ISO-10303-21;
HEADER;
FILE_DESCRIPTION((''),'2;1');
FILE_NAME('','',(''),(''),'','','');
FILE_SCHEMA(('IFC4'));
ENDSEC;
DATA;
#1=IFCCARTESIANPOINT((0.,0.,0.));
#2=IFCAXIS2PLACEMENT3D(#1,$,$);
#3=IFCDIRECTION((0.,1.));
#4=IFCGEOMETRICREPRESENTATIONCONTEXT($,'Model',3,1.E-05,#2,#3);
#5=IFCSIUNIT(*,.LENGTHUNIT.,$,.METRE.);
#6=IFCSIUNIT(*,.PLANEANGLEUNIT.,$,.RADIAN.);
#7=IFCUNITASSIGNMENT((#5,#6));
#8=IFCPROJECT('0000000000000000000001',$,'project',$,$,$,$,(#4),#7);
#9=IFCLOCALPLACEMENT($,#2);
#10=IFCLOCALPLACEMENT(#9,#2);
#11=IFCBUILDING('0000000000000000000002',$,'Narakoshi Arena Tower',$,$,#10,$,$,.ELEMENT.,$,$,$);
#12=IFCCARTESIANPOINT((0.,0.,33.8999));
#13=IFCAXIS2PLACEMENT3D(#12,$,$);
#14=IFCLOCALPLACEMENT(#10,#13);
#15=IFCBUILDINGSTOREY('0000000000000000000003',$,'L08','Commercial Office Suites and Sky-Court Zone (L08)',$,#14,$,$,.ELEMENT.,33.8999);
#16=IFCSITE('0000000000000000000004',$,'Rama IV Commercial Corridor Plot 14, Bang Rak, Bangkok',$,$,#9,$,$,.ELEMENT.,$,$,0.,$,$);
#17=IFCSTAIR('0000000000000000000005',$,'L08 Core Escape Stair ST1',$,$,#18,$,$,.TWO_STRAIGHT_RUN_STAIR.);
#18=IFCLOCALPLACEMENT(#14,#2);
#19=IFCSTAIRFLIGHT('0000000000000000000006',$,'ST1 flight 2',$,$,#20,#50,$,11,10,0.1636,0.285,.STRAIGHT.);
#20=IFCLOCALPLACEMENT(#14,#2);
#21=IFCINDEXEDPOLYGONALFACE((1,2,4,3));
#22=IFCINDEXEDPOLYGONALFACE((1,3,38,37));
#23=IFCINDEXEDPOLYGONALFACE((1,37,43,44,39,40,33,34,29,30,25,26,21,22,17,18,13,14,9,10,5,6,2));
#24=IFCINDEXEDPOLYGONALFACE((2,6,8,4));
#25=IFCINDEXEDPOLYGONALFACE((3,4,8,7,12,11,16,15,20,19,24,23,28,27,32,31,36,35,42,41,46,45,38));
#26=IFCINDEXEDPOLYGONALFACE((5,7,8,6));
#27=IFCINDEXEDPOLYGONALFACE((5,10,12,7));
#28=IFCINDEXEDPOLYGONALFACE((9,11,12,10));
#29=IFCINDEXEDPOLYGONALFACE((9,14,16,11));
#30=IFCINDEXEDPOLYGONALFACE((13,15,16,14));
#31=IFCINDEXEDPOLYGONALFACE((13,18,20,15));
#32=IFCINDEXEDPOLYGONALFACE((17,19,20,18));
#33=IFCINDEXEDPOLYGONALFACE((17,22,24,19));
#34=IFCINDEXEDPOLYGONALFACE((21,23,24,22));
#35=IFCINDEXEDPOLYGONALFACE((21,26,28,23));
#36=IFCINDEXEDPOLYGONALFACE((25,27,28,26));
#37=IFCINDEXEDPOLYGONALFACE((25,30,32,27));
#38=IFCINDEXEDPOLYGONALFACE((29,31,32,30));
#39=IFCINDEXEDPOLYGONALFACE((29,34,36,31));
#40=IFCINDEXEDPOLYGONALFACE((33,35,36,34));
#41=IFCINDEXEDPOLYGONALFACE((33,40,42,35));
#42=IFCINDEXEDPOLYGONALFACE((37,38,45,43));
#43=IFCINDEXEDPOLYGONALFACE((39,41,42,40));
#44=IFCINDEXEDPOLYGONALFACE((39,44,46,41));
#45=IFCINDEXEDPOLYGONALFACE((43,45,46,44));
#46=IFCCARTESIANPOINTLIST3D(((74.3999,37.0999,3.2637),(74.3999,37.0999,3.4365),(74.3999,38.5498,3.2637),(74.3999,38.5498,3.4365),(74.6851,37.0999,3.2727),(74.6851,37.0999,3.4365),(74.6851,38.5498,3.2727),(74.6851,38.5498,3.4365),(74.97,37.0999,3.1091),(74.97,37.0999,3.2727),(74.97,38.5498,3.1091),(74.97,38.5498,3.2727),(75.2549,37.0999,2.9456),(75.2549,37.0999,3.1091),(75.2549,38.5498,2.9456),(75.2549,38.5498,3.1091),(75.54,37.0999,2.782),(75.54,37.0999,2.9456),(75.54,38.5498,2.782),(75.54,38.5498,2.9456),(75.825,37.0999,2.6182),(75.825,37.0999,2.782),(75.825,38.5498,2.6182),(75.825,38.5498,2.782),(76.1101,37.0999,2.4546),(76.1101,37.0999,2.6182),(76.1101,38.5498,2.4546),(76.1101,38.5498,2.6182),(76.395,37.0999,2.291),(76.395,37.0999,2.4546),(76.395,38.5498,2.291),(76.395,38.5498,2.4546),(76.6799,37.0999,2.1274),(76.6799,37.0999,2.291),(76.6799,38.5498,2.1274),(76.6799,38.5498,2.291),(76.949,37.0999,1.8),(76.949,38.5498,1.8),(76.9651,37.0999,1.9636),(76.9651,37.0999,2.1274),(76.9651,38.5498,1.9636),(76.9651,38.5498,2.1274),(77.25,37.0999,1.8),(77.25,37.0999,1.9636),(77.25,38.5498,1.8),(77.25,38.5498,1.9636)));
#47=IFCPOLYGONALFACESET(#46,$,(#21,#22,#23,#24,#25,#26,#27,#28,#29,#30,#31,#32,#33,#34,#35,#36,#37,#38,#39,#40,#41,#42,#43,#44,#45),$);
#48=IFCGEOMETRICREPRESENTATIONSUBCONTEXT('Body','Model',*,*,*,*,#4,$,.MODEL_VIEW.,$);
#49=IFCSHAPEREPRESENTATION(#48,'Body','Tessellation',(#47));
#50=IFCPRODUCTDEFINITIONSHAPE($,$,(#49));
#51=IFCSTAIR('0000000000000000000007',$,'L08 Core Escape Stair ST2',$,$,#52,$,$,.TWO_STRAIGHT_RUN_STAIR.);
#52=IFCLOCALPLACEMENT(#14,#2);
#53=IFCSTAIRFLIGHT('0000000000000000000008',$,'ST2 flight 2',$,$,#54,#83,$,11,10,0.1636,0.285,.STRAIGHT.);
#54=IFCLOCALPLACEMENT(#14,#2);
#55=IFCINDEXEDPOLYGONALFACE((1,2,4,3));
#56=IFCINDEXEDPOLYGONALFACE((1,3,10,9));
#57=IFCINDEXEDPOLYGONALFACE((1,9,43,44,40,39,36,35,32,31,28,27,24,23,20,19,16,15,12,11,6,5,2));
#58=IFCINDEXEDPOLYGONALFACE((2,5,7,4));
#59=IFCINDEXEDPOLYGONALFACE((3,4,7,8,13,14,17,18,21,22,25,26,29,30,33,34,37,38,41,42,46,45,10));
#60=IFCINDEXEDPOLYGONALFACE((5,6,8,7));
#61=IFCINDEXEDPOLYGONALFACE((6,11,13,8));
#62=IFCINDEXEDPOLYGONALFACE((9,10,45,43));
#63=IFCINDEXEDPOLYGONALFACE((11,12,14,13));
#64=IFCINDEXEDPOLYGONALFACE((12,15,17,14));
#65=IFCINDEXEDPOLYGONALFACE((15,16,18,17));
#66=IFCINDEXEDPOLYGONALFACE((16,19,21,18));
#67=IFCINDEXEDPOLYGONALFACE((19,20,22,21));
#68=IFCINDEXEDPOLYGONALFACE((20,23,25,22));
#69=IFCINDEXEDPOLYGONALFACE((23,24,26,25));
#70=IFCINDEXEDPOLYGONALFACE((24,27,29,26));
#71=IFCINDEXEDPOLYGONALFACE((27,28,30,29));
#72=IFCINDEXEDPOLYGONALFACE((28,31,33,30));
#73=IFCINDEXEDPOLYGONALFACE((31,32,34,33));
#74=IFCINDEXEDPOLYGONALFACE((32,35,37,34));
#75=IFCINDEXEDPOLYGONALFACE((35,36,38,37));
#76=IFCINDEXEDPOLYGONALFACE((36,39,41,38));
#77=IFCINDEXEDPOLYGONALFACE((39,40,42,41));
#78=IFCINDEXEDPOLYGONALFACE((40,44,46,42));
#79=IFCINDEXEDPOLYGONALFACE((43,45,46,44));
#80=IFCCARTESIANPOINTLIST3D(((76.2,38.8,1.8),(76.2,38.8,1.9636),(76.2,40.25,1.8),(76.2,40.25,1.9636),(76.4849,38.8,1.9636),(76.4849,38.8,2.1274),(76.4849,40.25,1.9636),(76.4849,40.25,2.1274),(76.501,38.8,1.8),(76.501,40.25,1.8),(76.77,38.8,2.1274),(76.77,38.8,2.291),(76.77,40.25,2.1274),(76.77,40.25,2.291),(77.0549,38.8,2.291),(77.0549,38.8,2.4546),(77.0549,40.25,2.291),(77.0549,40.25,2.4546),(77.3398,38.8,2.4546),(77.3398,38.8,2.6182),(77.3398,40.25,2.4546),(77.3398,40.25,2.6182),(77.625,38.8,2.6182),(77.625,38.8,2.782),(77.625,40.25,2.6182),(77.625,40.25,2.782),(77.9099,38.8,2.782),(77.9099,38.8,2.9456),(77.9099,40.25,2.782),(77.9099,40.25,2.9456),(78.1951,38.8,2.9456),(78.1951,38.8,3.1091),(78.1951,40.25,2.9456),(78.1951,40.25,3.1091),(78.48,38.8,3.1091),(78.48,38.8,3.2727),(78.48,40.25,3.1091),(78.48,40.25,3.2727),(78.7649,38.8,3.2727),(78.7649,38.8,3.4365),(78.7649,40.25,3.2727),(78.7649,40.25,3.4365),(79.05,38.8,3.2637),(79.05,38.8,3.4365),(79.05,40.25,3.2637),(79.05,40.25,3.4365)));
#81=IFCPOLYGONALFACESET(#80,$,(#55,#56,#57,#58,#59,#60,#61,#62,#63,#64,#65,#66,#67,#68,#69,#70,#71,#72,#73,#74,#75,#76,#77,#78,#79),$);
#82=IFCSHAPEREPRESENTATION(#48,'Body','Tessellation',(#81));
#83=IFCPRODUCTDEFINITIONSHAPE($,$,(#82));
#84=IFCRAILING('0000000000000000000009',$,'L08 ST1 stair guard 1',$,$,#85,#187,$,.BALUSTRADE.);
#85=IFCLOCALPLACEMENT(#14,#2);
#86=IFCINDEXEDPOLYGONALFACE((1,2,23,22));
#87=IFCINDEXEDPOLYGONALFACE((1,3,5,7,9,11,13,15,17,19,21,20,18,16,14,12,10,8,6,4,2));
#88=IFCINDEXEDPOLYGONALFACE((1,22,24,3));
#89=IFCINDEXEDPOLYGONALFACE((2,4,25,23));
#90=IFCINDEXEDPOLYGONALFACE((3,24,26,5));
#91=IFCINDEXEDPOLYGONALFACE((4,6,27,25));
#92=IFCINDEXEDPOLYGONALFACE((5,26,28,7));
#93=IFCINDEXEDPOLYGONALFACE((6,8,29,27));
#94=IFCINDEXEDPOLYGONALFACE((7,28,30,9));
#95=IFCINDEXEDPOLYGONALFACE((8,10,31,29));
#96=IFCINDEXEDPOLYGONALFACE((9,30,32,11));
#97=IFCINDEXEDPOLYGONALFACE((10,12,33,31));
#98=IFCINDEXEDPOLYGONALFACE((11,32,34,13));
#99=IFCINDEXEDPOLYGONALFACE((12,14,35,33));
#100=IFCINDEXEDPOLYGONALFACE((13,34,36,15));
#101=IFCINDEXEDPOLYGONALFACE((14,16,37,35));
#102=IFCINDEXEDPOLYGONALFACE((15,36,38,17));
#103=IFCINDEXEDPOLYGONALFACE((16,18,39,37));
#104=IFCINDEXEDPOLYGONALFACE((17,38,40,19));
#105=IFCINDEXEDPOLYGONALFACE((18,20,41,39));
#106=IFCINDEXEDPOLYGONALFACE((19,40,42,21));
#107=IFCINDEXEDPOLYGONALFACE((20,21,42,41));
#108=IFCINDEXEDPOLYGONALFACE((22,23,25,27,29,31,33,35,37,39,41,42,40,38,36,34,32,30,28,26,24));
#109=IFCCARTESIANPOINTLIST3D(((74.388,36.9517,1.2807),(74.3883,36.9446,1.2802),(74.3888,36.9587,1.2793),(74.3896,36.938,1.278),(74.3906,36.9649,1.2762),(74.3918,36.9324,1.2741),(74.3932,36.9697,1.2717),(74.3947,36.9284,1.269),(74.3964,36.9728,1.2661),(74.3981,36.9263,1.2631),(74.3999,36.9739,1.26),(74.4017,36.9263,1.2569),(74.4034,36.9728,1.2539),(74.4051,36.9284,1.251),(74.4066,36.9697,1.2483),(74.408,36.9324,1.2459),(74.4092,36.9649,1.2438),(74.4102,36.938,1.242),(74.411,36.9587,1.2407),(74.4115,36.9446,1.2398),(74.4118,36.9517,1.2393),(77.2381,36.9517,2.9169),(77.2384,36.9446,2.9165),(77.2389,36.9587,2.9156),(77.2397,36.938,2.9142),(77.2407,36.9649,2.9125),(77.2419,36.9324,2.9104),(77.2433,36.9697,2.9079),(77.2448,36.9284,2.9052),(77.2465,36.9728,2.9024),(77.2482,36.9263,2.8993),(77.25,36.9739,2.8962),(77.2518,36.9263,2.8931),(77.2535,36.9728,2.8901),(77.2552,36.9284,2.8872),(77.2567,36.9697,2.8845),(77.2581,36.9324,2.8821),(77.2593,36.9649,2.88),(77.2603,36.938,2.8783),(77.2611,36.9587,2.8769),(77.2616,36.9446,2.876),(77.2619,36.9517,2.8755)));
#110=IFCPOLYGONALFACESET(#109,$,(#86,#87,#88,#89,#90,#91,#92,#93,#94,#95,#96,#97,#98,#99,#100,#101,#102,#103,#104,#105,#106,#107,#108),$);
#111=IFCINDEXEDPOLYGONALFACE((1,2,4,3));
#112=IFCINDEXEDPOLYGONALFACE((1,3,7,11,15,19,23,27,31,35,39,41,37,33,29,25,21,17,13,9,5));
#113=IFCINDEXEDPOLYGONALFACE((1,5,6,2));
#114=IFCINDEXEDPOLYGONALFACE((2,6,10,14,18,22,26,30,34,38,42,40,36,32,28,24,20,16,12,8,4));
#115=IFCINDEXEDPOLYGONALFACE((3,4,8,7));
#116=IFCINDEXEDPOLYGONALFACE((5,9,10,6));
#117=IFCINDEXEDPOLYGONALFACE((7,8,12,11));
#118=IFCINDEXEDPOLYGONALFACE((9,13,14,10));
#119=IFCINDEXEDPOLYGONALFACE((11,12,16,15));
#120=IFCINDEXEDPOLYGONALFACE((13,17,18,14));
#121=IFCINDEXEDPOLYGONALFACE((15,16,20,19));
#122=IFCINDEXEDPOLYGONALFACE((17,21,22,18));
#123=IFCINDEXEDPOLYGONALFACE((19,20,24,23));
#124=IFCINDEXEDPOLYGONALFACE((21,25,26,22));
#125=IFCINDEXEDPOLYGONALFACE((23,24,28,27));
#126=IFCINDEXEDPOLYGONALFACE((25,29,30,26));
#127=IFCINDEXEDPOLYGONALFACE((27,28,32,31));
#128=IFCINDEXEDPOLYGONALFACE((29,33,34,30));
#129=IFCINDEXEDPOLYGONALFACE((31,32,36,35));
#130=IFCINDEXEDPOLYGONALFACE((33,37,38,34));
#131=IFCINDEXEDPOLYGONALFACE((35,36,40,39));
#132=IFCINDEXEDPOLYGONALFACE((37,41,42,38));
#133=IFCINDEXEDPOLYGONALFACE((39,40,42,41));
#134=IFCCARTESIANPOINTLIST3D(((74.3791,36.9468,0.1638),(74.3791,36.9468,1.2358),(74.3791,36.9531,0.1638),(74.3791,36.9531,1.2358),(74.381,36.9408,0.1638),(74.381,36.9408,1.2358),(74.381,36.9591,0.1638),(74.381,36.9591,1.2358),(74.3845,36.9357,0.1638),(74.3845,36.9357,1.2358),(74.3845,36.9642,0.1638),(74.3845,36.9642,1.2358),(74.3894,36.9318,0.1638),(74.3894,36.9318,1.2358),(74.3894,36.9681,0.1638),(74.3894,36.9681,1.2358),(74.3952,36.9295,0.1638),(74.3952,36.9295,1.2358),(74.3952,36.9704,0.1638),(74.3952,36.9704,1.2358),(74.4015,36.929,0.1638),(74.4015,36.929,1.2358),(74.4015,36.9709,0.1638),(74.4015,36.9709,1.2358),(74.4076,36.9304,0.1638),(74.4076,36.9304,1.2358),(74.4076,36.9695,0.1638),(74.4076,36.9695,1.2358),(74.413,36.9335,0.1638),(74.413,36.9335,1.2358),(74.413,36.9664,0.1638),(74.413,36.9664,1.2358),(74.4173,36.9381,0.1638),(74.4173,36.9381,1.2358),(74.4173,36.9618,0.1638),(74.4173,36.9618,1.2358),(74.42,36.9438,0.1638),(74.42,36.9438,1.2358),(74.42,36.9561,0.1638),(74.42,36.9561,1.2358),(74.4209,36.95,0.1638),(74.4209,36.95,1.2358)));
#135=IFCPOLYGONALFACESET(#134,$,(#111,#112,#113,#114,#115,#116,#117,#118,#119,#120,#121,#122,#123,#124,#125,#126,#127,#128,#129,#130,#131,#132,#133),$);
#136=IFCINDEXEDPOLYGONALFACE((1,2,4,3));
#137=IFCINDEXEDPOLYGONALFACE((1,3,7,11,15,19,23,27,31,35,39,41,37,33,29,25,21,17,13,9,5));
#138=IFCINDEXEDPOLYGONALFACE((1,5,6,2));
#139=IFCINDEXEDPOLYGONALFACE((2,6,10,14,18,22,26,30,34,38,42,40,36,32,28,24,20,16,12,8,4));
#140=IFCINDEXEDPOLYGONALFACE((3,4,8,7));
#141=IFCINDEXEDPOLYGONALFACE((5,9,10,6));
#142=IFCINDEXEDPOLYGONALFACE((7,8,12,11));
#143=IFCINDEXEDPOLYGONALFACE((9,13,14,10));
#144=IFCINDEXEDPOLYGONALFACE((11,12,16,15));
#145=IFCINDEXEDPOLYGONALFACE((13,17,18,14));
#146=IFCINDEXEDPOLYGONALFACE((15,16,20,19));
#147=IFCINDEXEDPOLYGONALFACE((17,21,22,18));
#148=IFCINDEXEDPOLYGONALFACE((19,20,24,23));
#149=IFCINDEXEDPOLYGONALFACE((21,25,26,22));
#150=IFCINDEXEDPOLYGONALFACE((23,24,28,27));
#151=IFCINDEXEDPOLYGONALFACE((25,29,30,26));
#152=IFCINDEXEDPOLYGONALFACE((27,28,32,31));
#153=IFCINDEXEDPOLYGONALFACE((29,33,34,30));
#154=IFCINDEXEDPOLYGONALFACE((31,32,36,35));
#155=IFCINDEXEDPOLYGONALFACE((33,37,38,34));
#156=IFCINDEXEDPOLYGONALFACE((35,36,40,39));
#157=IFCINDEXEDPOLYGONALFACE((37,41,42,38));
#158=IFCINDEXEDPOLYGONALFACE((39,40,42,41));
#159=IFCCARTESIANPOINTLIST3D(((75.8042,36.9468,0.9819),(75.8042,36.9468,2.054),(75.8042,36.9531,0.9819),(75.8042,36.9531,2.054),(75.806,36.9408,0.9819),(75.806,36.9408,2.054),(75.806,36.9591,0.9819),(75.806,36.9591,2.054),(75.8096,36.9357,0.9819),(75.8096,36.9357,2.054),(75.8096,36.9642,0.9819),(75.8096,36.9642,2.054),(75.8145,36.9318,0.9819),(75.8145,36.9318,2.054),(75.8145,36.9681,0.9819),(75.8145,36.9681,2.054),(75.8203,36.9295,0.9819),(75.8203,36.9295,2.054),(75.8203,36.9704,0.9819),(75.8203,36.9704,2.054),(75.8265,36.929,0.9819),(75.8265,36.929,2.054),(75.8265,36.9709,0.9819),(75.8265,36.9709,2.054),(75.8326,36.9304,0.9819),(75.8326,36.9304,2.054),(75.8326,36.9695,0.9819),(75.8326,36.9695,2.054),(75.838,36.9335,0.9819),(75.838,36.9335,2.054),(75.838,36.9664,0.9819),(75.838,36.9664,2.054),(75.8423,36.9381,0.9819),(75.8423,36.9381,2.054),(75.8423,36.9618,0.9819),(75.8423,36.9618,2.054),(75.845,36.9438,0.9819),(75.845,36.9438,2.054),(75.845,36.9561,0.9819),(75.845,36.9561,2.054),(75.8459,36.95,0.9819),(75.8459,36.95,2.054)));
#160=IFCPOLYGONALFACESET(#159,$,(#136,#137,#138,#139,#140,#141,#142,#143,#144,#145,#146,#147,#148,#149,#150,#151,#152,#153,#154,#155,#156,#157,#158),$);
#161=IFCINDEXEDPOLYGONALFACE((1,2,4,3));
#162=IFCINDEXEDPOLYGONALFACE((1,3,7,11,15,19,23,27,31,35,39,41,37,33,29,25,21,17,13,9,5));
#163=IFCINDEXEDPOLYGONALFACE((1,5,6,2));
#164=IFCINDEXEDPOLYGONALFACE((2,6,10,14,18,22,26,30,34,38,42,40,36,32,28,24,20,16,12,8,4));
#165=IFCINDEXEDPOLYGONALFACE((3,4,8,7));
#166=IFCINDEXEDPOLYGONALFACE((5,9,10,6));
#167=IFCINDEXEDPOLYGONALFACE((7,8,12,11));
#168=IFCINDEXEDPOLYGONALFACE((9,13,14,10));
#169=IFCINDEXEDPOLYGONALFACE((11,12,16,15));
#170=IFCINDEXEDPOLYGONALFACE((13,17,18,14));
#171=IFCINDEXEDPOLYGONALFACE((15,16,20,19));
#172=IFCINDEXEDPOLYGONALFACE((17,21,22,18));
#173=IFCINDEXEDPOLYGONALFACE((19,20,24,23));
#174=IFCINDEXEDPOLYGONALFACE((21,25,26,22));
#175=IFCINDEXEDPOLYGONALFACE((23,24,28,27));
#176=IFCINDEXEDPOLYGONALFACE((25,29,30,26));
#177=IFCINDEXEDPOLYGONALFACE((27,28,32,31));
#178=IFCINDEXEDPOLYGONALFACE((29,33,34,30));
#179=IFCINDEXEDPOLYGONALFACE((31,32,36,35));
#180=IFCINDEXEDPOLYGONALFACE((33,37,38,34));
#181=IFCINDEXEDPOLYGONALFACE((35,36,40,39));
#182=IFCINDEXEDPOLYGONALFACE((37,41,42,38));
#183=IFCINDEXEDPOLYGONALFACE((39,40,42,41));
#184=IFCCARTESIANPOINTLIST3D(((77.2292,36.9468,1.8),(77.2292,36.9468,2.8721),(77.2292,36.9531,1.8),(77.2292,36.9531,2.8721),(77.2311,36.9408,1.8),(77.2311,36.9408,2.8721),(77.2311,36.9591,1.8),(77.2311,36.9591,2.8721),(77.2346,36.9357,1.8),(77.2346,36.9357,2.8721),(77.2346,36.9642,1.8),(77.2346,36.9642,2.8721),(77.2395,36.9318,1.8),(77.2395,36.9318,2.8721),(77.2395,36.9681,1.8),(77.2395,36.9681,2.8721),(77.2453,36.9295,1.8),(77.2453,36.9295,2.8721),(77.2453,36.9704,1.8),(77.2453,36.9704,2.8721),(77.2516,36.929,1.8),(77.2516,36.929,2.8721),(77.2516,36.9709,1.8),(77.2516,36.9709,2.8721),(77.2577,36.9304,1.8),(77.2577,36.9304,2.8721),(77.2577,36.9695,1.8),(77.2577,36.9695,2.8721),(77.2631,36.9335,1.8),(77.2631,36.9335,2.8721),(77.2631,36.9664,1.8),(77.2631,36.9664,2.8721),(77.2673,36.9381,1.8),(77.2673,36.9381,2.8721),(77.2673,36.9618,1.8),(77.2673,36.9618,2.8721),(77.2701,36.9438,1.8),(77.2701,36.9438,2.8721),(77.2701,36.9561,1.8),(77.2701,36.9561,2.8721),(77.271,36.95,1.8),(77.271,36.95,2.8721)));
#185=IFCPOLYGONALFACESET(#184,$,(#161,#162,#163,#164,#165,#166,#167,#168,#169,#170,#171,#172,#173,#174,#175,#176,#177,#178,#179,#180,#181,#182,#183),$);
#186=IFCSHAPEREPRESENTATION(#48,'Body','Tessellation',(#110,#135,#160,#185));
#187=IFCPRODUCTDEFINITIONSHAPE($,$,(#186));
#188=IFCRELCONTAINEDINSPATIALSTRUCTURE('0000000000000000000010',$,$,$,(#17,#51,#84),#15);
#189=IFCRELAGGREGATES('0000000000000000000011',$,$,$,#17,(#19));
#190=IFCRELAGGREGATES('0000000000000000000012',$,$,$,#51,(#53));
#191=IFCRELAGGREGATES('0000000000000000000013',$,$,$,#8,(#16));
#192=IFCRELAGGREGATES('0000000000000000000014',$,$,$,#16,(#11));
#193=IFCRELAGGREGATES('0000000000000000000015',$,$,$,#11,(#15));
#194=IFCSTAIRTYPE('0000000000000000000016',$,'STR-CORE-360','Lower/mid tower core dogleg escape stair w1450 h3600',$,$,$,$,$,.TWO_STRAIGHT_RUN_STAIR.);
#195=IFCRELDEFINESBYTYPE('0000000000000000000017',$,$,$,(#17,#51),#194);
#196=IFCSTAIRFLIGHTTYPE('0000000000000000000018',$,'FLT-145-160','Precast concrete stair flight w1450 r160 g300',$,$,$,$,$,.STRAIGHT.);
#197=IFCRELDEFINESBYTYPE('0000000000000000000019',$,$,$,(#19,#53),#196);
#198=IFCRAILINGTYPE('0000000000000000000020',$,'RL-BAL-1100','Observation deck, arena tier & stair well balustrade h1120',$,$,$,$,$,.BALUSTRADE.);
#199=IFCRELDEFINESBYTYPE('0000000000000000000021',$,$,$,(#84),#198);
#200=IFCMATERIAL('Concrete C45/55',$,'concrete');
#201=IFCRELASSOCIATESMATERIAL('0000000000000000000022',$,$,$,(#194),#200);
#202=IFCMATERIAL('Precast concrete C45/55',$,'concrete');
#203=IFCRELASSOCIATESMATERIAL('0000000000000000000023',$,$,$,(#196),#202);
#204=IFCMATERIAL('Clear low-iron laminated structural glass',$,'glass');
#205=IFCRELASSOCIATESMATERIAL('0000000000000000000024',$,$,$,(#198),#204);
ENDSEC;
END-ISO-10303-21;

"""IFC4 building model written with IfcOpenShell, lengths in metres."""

from ifc_helpers import new_model, si_unit, direction, frame, origin, origin_2d, place, context, subcontext, project, spatial, polyline, circle, outline, extrude, material, type_object, element, aggregate, save


model = new_model("IFC4")

# Units and contexts
model_context = context("Model", 3, precision=1e-05, world=origin(), true_north=direction((0.0, 1.0)))
body_context = subcontext(model_context, "Body", "Model", "MODEL_VIEW")
ifc_project = project(units=[si_unit("LENGTHUNIT", "METRE"), si_unit("PLANEANGLEUNIT", "RADIAN")], contexts=[model_context])

# Site, building, storey
site_placement = place(None, origin())
site = spatial("IfcSite", under=ifc_project, at=site_placement, Name="Rama IV Commercial Corridor Plot 14, Bang Rak, Bangkok", CompositionType="ELEMENT", RefElevation=0.0)
building_placement = place(site_placement, origin())
building = spatial("IfcBuilding", under=site, at=building_placement, Name="Narakoshi Arena Tower", CompositionType="ELEMENT")
storey_placement = place(building_placement, frame((0.0, 0.0, 33.8999)))
storey = spatial("IfcBuildingStorey", under=building, at=storey_placement, Name="L08", Description="Commercial Office Suites and Sky-Court Zone (L08)", CompositionType="ELEMENT", Elevation=33.8999)

# Stair, stair flight
ifc_material_1 = material(Name="Concrete C45/55", Category="concrete")
stair_type = type_object("IfcStairType", Name="STR-CORE-360", Description="Lower/mid tower core dogleg escape stair w1450 h3600", PredefinedType="TWO_STRAIGHT_RUN_STAIR", material=ifc_material_1)
stair_1_placement = place(storey_placement, origin())
stair_1 = element("IfcStair", 1, at=stair_1_placement, inside=storey, type_object=stair_type, Name="L08 Core Escape Stair ST1", PredefinedType="TWO_STRAIGHT_RUN_STAIR")
ifc_material_2 = material(Name="Precast concrete C45/55", Category="concrete")
stair_flight_type = type_object("IfcStairFlightType", Name="FLT-145-160", Description="Precast concrete stair flight w1450 r160 g300", PredefinedType="STRAIGHT", material=ifc_material_2)
stair_flight_1_placement = place(storey_placement, frame((77.25, 37.825, 1.8), z_axis=(0.0, 0.0, 1.0), x_axis=(-1.0, 0.0, 0.0)))
stair_flight_1 = element("IfcStairFlight", 2, at=stair_flight_1_placement, type_object=stair_flight_type, Name="ST1 flight 2", NumberOfRisers=11, NumberOfTreads=10, PredefinedType="STRAIGHT", RiserHeight=0.1636, TreadLength=0.285, context=body_context, shape_type="SweptSolid", body=[
    extrude(outline(polyline([(0.0, 0.0), (0.0, 0.1636), (0.2849, 0.1636), (0.2849, 0.3274), (0.5701, 0.3274), (0.5701, 0.491), (0.855, 0.491), (0.855, 0.6545), (1.1399, 0.6545), (1.1399, 0.8181), (1.425, 0.8181), (1.425, 0.9819), (1.71, 0.9819), (1.71, 1.1455), (1.9951, 1.1455), (1.9951, 1.3091), (2.28, 1.3091), (2.28, 1.4727), (2.5649, 1.4727), (2.5649, 1.6365), (2.8501, 1.6365), (2.8501, 1.8), (2.8501, 1.4636), (0.301, 0.0), (0.0, 0.0)])), frame((0.0, 0.7251, 0.0), z_axis=(0.0, -1.0, 0.0), x_axis=(1.0, 0.0, 0.0)), (0.0, 0.0, 1.0), 1.45),
])
aggregate(stair_1, [stair_flight_1])

# Stair, stair flight
stair_2_placement = place(storey_placement, origin())
stair_2 = element("IfcStair", 3, at=stair_2_placement, inside=storey, type_object=stair_type, Name="L08 Core Escape Stair ST2", PredefinedType="TWO_STRAIGHT_RUN_STAIR")
stair_flight_2_placement = place(storey_placement, frame((76.2, 39.5249, 1.8), z_axis=(0.0, 0.0, 1.0), x_axis=(1.0, 0.0, 0.0)))
stair_flight_2 = element("IfcStairFlight", 4, at=stair_flight_2_placement, type_object=stair_flight_type, Name="ST2 flight 2", NumberOfRisers=11, NumberOfTreads=10, PredefinedType="STRAIGHT", RiserHeight=0.1636, TreadLength=0.285, context=body_context, shape_type="SweptSolid", body=[
    extrude(outline(polyline([(0.0, 0.0), (0.0, 0.1636), (0.2849, 0.1636), (0.2849, 0.3274), (0.5701, 0.3274), (0.5701, 0.491), (0.855, 0.491), (0.855, 0.6545), (1.1399, 0.6545), (1.1399, 0.8181), (1.425, 0.8181), (1.425, 0.9819), (1.71, 0.9819), (1.71, 1.1455), (1.9951, 1.1455), (1.9951, 1.3091), (2.28, 1.3091), (2.28, 1.4727), (2.5649, 1.4727), (2.5649, 1.6365), (2.8501, 1.6365), (2.8501, 1.8), (2.8501, 1.4636), (0.301, 0.0), (0.0, 0.0)])), frame((0.0, 0.7251, 0.0), z_axis=(0.0, -1.0, 0.0), x_axis=(1.0, 0.0, 0.0)), (0.0, 0.0, 1.0), 1.45),
])
aggregate(stair_2, [stair_flight_2])

# Railing
ifc_material_3 = material(Name="Clear low-iron laminated structural glass", Category="glass")
railing_type_1 = type_object("IfcRailingType", Name="RL-BAL-1100", Description="Observation deck, arena tier & stair well balustrade h1120", PredefinedType="BALUSTRADE", material=ifc_material_3)
railing_1_placement = place(storey_placement, frame((74.3999, 36.95, 0.1638)))
element("IfcRailing", 5, at=railing_1_placement, inside=storey, type_object=railing_type_1, Name="L08 ST1 stair guard 1", PredefinedType="BALUSTRADE", context=body_context, shape_type="SweptSolid", body=[
    extrude(circle(Radius=0.0239, at=origin_2d()), frame((0.0, 0.0, 1.0962), z_axis=(0.867245, 0.0, 0.497882), x_axis=(0.0, 1.0, 0.0)), (0.0, 0.0, 1.0), 3.2864),
    extrude(circle(Radius=0.021, at=origin_2d()), origin(), (0.0, 0.0, 1.0), 1.072),
    extrude(circle(Radius=0.021, at=origin_2d()), frame((1.425, 0.0, 0.8181)), (0.0, 0.0, 1.0), 1.072),
    extrude(circle(Radius=0.021, at=origin_2d()), frame((2.8501, 0.0, 1.6362)), (0.0, 0.0, 1.0), 1.072),
])

save(model, "model.ifc")
